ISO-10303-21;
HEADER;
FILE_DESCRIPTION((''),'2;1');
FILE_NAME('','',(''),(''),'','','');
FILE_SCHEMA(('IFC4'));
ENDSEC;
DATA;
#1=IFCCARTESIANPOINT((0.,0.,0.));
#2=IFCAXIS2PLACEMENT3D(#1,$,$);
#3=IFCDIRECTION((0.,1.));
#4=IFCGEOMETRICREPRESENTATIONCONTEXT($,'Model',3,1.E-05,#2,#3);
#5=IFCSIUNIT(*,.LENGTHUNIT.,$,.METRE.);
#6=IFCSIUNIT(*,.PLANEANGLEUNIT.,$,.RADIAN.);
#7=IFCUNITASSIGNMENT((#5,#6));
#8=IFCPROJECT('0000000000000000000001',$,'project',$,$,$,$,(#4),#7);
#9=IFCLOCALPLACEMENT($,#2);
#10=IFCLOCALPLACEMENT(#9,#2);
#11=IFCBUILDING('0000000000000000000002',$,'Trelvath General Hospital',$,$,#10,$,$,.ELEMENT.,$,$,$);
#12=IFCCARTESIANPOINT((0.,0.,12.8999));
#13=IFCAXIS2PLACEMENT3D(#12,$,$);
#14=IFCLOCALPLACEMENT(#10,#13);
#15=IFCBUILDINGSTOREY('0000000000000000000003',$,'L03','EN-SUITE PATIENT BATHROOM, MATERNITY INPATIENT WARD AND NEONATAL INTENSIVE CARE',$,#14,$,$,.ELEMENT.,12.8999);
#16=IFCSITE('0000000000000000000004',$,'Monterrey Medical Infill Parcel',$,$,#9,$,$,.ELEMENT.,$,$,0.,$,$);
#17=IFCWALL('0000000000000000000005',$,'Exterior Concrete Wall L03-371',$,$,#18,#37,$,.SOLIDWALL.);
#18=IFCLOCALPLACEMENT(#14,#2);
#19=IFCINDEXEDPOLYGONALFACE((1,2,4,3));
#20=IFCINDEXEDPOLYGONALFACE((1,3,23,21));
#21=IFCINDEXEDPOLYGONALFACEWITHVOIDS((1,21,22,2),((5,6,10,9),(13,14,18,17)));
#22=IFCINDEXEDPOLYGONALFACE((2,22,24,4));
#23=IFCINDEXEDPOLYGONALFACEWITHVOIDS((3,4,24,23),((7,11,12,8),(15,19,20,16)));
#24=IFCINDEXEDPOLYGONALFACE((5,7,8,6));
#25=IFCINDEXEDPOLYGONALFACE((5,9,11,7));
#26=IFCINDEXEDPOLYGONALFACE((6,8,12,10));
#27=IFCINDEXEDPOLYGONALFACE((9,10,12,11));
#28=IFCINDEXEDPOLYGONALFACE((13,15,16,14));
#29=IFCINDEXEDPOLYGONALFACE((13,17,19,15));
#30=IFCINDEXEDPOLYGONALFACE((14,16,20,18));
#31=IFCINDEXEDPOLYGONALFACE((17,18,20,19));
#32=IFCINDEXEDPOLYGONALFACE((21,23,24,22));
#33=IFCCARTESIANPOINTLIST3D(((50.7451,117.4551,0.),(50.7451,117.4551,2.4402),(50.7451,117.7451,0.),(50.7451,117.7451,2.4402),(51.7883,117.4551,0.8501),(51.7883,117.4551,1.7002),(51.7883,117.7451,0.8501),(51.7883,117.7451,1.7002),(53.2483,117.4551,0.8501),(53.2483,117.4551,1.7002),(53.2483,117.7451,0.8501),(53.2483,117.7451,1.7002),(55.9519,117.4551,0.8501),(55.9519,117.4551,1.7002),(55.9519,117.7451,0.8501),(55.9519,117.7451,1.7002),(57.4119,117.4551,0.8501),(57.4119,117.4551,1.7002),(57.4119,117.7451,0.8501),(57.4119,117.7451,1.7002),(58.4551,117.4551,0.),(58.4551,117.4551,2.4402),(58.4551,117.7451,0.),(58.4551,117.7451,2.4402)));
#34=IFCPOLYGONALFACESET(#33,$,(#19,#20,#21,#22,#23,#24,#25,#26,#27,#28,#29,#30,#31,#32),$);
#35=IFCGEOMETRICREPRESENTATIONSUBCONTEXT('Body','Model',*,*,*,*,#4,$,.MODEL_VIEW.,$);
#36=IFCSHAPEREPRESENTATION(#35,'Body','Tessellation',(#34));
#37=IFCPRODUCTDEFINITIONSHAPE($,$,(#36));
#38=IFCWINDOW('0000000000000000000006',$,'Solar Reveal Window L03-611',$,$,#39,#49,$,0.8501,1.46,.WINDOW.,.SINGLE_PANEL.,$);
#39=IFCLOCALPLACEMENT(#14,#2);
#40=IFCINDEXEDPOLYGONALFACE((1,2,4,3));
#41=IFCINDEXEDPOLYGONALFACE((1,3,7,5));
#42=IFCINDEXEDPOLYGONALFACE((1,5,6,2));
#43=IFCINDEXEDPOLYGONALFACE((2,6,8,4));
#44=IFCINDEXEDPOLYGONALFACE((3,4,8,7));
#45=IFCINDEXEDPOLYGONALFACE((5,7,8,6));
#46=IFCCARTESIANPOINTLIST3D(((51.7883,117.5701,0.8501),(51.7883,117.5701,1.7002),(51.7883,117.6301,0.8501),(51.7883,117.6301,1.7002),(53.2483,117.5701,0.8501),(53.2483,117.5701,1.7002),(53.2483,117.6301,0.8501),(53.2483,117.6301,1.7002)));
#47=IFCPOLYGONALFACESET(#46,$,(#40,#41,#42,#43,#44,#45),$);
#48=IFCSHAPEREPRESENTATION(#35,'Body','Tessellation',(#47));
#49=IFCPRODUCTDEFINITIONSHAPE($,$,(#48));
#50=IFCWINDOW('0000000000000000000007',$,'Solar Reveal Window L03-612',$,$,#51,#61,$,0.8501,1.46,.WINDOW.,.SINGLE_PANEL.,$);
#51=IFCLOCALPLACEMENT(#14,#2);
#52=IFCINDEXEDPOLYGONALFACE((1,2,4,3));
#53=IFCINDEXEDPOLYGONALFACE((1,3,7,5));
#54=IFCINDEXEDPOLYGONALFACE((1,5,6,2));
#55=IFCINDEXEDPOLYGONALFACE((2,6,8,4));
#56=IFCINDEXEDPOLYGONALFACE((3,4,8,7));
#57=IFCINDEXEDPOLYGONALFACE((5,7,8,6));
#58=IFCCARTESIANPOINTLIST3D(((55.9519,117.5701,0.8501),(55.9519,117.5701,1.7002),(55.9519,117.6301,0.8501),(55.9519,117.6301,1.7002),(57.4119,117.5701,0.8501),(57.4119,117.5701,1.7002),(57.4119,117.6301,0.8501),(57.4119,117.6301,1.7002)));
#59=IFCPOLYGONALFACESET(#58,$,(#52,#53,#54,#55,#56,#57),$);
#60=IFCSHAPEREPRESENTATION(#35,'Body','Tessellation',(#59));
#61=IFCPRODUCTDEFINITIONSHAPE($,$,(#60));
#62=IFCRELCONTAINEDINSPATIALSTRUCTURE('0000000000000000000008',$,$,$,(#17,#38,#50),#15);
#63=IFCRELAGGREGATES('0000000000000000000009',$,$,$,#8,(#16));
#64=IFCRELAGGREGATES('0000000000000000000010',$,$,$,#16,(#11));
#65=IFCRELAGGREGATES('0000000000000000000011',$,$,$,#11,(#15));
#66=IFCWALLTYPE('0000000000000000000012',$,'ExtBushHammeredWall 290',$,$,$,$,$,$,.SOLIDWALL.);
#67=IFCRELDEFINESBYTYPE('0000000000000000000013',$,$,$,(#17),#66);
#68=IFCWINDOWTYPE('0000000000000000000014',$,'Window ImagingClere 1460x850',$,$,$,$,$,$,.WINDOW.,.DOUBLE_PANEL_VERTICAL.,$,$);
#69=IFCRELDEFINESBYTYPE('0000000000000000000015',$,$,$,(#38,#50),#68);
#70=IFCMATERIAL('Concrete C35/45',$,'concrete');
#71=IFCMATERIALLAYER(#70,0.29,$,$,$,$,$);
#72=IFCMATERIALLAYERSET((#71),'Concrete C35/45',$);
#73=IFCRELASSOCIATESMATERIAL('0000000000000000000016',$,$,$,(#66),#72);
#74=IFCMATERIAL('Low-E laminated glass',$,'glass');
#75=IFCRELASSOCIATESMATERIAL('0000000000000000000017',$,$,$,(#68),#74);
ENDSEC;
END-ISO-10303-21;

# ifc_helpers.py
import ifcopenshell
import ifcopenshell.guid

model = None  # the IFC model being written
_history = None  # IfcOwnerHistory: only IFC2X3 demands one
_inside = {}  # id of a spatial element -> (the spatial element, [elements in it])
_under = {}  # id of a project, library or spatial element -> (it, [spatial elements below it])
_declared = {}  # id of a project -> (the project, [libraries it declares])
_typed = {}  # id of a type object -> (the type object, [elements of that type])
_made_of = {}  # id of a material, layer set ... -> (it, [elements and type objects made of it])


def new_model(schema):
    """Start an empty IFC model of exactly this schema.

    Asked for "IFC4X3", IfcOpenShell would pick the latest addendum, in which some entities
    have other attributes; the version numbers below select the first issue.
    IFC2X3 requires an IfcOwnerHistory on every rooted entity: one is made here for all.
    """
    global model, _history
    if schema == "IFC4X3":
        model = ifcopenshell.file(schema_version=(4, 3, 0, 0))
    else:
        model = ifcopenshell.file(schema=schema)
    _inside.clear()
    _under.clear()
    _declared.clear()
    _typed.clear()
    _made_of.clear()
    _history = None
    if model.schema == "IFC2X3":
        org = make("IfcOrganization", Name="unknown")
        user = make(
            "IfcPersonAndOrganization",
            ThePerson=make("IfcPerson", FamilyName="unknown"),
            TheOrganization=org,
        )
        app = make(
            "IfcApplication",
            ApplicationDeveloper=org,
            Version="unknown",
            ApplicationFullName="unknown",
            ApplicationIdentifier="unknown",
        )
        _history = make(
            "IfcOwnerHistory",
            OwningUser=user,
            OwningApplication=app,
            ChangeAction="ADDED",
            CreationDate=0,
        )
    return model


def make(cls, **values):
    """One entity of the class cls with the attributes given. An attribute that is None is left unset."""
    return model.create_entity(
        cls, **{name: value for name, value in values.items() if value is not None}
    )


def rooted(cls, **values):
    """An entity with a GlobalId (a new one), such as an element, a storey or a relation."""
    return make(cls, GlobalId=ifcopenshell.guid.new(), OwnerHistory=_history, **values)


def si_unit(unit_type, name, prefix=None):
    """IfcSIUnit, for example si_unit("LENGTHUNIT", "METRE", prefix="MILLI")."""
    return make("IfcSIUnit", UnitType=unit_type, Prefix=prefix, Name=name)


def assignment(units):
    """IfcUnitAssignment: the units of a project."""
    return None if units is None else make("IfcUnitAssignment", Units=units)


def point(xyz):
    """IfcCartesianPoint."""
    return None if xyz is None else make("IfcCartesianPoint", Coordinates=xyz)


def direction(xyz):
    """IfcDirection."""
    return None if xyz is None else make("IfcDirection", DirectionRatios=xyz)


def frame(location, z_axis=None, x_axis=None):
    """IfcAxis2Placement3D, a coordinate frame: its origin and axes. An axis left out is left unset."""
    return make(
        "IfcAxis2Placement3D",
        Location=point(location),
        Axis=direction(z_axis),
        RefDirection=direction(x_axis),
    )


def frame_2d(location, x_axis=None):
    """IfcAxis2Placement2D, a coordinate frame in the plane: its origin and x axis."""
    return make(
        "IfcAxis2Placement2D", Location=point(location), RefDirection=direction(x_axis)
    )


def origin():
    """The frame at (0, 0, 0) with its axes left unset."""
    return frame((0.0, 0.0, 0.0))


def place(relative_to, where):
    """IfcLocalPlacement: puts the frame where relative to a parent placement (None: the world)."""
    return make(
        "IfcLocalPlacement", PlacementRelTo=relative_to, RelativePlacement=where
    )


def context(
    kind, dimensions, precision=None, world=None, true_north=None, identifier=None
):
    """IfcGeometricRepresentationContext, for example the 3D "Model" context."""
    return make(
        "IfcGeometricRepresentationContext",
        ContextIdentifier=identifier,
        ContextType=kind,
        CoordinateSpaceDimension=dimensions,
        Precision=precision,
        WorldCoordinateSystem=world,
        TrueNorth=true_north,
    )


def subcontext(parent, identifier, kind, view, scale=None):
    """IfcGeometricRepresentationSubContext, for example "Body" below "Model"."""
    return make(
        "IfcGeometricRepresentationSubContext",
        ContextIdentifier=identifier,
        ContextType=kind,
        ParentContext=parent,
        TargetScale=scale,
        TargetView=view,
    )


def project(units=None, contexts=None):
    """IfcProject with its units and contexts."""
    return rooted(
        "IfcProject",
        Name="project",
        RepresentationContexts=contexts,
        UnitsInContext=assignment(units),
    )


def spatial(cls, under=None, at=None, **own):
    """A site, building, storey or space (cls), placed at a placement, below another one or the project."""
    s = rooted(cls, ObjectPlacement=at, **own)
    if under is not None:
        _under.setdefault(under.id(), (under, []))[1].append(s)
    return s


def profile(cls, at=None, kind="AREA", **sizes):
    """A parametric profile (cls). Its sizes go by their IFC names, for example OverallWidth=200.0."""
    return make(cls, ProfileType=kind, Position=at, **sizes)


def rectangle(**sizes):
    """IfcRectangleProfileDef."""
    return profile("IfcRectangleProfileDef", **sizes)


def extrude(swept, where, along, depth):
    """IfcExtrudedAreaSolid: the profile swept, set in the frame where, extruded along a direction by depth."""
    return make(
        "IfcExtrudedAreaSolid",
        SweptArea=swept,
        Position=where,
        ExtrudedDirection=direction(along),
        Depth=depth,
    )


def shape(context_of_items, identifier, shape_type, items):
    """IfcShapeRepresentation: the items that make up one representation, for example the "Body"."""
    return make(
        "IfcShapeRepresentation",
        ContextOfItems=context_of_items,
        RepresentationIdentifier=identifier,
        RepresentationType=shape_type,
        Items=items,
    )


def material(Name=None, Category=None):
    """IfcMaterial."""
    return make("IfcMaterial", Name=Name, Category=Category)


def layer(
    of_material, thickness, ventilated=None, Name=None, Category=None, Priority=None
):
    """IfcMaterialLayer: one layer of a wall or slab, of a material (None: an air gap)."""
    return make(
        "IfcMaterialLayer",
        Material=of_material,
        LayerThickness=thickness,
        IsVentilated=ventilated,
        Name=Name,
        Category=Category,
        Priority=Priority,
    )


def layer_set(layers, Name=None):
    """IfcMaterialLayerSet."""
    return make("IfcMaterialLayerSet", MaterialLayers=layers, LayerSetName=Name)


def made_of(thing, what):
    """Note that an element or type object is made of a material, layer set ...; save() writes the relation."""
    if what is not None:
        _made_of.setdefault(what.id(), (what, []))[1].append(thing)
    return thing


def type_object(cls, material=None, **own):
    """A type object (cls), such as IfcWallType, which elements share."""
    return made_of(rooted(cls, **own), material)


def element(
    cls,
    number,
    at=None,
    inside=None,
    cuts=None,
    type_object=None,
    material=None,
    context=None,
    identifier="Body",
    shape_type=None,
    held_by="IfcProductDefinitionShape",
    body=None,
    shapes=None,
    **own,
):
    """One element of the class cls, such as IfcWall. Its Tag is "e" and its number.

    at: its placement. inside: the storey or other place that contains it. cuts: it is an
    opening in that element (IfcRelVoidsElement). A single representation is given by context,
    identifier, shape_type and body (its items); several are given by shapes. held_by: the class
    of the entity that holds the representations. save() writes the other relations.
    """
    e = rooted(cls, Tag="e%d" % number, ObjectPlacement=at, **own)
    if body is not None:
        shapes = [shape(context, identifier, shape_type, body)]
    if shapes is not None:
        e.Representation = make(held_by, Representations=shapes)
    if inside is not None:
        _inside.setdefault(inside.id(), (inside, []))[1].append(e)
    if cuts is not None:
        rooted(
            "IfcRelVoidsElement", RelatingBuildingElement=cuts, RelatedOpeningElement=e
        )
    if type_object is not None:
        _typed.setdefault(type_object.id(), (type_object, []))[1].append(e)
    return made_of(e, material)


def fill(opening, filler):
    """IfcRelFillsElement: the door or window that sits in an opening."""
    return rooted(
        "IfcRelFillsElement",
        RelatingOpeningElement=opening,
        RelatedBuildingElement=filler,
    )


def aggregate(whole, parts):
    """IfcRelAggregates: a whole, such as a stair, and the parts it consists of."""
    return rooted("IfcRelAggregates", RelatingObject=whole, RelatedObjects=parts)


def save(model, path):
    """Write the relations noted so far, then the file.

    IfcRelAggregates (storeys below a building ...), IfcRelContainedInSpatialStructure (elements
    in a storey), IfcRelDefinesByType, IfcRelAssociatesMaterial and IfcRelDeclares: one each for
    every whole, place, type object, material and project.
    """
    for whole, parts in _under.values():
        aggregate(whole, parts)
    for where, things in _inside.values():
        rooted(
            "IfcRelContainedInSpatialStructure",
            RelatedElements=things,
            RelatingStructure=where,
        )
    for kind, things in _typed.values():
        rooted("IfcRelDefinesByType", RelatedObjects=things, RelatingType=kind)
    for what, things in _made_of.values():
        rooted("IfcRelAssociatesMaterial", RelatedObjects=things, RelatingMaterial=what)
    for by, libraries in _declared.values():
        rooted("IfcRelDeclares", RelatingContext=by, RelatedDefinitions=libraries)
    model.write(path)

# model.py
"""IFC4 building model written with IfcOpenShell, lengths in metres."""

from ifc_helpers import new_model, si_unit, direction, frame, frame_2d, origin, place, context, subcontext, project, spatial, rectangle, extrude, material, layer, layer_set, type_object, element, fill, save


model = new_model("IFC4")

# Units and contexts
model_context = context("Model", 3, precision=1e-05, world=origin(), true_north=direction((0.0, 1.0)))
body_context = subcontext(model_context, "Body", "Model", "MODEL_VIEW")
ifc_project = project(units=[si_unit("LENGTHUNIT", "METRE"), si_unit("PLANEANGLEUNIT", "RADIAN")], contexts=[model_context])

# Site, building, storey
site_placement = place(None, origin())
site = spatial("IfcSite", under=ifc_project, at=site_placement, Name="Monterrey Medical Infill Parcel", CompositionType="ELEMENT", RefElevation=0.0)
building_placement = place(site_placement, origin())
building = spatial("IfcBuilding", under=site, at=building_placement, Name="Trelvath General Hospital", CompositionType="ELEMENT")
storey_placement = place(building_placement, frame((0.0, 0.0, 12.8999)))
storey = spatial("IfcBuildingStorey", under=building, at=storey_placement, Name="L03", Description="EN-SUITE PATIENT BATHROOM, MATERNITY INPATIENT WARD AND NEONATAL INTENSIVE CARE", CompositionType="ELEMENT", Elevation=12.8999)

# Wall, openings, windows
ifc_material_1 = material(Name="Concrete C35/45", Category="concrete")
ifc_layer_1 = layer(ifc_material_1, 0.29)
ifc_layer_set_1 = layer_set([ifc_layer_1], Name="Concrete C35/45")
wall_type_1 = type_object("IfcWallType", Name="ExtBushHammeredWall 290", PredefinedType="SOLIDWALL", material=ifc_layer_set_1)
wall_1_placement = place(storey_placement, frame((50.7451, 117.6001, 0.0), z_axis=(0.0, 0.0, 1.0), x_axis=(1.0, 0.0, 0.0)))
wall_1 = element("IfcWall", 1, at=wall_1_placement, inside=storey, type_object=wall_type_1, Name="Exterior Concrete Wall L03-371", PredefinedType="SOLIDWALL", context=body_context, shape_type="SweptSolid", body=[
    extrude(rectangle(XDim=7.71, YDim=0.29, at=frame_2d((3.855, 0.0))), origin(), (0.0, 0.0, 1.0), 2.4402),
])
opening_1_placement = place(wall_1_placement, frame((1.0432, 0.0, 0.8501)))
opening_1 = element("IfcOpeningElement", 2, at=opening_1_placement, cuts=wall_1, PredefinedType="OPENING", context=body_context, shape_type="SweptSolid", body=[
    extrude(rectangle(XDim=1.46, YDim=0.8501, at=frame_2d((0.73, 0.425))), frame((0.0, 0.155, 0.0), z_axis=(0.0, -1.0, 0.0), x_axis=(1.0, 0.0, 0.0)), (0.0, 0.0, 1.0), 0.3101),
])
opening_2_placement = place(wall_1_placement, frame((5.2068, 0.0, 0.8501)))
opening_2 = element("IfcOpeningElement", 3, at=opening_2_placement, cuts=wall_1, PredefinedType="OPENING", context=body_context, shape_type="SweptSolid", body=[
    extrude(rectangle(XDim=1.46, YDim=0.8501, at=frame_2d((0.73, 0.425))), frame((0.0, 0.155, 0.0), z_axis=(0.0, -1.0, 0.0), x_axis=(1.0, 0.0, 0.0)), (0.0, 0.0, 1.0), 0.3101),
])
ifc_material_2 = material(Name="Low-E laminated glass", Category="glass")
window_type = type_object("IfcWindowType", Name="Window ImagingClere 1460x850", PartitioningType="DOUBLE_PANEL_VERTICAL", PredefinedType="WINDOW", material=ifc_material_2)
window_1_placement = place(opening_1_placement, origin())
window_1 = element("IfcWindow", 4, at=window_1_placement, inside=storey, type_object=window_type, Name="Solar Reveal Window L03-611", OverallHeight=0.8501, OverallWidth=1.46, PartitioningType="SINGLE_PANEL", PredefinedType="WINDOW", context=body_context, shape_type="SweptSolid", body=[
    extrude(rectangle(XDim=1.46, YDim=0.8501, at=frame_2d((0.73, 0.425))), frame((0.0, 0.03, 0.0), z_axis=(0.0, -1.0, 0.0), x_axis=(1.0, 0.0, 0.0)), (0.0, 0.0, 1.0), 0.0601),
])
fill(opening_1, window_1)
window_2_placement = place(opening_2_placement, origin())
window_2 = element("IfcWindow", 5, at=window_2_placement, inside=storey, type_object=window_type, Name="Solar Reveal Window L03-612", OverallHeight=0.8501, OverallWidth=1.46, PartitioningType="SINGLE_PANEL", PredefinedType="WINDOW", context=body_context, shape_type="SweptSolid", body=[
    extrude(rectangle(XDim=1.46, YDim=0.8501, at=frame_2d((0.73, 0.425))), frame((0.0, 0.03, 0.0), z_axis=(0.0, -1.0, 0.0), x_axis=(1.0, 0.0, 0.0)), (0.0, 0.0, 1.0), 0.0601),
])
fill(opening_2, window_2)

save(model, "model.ifc")
